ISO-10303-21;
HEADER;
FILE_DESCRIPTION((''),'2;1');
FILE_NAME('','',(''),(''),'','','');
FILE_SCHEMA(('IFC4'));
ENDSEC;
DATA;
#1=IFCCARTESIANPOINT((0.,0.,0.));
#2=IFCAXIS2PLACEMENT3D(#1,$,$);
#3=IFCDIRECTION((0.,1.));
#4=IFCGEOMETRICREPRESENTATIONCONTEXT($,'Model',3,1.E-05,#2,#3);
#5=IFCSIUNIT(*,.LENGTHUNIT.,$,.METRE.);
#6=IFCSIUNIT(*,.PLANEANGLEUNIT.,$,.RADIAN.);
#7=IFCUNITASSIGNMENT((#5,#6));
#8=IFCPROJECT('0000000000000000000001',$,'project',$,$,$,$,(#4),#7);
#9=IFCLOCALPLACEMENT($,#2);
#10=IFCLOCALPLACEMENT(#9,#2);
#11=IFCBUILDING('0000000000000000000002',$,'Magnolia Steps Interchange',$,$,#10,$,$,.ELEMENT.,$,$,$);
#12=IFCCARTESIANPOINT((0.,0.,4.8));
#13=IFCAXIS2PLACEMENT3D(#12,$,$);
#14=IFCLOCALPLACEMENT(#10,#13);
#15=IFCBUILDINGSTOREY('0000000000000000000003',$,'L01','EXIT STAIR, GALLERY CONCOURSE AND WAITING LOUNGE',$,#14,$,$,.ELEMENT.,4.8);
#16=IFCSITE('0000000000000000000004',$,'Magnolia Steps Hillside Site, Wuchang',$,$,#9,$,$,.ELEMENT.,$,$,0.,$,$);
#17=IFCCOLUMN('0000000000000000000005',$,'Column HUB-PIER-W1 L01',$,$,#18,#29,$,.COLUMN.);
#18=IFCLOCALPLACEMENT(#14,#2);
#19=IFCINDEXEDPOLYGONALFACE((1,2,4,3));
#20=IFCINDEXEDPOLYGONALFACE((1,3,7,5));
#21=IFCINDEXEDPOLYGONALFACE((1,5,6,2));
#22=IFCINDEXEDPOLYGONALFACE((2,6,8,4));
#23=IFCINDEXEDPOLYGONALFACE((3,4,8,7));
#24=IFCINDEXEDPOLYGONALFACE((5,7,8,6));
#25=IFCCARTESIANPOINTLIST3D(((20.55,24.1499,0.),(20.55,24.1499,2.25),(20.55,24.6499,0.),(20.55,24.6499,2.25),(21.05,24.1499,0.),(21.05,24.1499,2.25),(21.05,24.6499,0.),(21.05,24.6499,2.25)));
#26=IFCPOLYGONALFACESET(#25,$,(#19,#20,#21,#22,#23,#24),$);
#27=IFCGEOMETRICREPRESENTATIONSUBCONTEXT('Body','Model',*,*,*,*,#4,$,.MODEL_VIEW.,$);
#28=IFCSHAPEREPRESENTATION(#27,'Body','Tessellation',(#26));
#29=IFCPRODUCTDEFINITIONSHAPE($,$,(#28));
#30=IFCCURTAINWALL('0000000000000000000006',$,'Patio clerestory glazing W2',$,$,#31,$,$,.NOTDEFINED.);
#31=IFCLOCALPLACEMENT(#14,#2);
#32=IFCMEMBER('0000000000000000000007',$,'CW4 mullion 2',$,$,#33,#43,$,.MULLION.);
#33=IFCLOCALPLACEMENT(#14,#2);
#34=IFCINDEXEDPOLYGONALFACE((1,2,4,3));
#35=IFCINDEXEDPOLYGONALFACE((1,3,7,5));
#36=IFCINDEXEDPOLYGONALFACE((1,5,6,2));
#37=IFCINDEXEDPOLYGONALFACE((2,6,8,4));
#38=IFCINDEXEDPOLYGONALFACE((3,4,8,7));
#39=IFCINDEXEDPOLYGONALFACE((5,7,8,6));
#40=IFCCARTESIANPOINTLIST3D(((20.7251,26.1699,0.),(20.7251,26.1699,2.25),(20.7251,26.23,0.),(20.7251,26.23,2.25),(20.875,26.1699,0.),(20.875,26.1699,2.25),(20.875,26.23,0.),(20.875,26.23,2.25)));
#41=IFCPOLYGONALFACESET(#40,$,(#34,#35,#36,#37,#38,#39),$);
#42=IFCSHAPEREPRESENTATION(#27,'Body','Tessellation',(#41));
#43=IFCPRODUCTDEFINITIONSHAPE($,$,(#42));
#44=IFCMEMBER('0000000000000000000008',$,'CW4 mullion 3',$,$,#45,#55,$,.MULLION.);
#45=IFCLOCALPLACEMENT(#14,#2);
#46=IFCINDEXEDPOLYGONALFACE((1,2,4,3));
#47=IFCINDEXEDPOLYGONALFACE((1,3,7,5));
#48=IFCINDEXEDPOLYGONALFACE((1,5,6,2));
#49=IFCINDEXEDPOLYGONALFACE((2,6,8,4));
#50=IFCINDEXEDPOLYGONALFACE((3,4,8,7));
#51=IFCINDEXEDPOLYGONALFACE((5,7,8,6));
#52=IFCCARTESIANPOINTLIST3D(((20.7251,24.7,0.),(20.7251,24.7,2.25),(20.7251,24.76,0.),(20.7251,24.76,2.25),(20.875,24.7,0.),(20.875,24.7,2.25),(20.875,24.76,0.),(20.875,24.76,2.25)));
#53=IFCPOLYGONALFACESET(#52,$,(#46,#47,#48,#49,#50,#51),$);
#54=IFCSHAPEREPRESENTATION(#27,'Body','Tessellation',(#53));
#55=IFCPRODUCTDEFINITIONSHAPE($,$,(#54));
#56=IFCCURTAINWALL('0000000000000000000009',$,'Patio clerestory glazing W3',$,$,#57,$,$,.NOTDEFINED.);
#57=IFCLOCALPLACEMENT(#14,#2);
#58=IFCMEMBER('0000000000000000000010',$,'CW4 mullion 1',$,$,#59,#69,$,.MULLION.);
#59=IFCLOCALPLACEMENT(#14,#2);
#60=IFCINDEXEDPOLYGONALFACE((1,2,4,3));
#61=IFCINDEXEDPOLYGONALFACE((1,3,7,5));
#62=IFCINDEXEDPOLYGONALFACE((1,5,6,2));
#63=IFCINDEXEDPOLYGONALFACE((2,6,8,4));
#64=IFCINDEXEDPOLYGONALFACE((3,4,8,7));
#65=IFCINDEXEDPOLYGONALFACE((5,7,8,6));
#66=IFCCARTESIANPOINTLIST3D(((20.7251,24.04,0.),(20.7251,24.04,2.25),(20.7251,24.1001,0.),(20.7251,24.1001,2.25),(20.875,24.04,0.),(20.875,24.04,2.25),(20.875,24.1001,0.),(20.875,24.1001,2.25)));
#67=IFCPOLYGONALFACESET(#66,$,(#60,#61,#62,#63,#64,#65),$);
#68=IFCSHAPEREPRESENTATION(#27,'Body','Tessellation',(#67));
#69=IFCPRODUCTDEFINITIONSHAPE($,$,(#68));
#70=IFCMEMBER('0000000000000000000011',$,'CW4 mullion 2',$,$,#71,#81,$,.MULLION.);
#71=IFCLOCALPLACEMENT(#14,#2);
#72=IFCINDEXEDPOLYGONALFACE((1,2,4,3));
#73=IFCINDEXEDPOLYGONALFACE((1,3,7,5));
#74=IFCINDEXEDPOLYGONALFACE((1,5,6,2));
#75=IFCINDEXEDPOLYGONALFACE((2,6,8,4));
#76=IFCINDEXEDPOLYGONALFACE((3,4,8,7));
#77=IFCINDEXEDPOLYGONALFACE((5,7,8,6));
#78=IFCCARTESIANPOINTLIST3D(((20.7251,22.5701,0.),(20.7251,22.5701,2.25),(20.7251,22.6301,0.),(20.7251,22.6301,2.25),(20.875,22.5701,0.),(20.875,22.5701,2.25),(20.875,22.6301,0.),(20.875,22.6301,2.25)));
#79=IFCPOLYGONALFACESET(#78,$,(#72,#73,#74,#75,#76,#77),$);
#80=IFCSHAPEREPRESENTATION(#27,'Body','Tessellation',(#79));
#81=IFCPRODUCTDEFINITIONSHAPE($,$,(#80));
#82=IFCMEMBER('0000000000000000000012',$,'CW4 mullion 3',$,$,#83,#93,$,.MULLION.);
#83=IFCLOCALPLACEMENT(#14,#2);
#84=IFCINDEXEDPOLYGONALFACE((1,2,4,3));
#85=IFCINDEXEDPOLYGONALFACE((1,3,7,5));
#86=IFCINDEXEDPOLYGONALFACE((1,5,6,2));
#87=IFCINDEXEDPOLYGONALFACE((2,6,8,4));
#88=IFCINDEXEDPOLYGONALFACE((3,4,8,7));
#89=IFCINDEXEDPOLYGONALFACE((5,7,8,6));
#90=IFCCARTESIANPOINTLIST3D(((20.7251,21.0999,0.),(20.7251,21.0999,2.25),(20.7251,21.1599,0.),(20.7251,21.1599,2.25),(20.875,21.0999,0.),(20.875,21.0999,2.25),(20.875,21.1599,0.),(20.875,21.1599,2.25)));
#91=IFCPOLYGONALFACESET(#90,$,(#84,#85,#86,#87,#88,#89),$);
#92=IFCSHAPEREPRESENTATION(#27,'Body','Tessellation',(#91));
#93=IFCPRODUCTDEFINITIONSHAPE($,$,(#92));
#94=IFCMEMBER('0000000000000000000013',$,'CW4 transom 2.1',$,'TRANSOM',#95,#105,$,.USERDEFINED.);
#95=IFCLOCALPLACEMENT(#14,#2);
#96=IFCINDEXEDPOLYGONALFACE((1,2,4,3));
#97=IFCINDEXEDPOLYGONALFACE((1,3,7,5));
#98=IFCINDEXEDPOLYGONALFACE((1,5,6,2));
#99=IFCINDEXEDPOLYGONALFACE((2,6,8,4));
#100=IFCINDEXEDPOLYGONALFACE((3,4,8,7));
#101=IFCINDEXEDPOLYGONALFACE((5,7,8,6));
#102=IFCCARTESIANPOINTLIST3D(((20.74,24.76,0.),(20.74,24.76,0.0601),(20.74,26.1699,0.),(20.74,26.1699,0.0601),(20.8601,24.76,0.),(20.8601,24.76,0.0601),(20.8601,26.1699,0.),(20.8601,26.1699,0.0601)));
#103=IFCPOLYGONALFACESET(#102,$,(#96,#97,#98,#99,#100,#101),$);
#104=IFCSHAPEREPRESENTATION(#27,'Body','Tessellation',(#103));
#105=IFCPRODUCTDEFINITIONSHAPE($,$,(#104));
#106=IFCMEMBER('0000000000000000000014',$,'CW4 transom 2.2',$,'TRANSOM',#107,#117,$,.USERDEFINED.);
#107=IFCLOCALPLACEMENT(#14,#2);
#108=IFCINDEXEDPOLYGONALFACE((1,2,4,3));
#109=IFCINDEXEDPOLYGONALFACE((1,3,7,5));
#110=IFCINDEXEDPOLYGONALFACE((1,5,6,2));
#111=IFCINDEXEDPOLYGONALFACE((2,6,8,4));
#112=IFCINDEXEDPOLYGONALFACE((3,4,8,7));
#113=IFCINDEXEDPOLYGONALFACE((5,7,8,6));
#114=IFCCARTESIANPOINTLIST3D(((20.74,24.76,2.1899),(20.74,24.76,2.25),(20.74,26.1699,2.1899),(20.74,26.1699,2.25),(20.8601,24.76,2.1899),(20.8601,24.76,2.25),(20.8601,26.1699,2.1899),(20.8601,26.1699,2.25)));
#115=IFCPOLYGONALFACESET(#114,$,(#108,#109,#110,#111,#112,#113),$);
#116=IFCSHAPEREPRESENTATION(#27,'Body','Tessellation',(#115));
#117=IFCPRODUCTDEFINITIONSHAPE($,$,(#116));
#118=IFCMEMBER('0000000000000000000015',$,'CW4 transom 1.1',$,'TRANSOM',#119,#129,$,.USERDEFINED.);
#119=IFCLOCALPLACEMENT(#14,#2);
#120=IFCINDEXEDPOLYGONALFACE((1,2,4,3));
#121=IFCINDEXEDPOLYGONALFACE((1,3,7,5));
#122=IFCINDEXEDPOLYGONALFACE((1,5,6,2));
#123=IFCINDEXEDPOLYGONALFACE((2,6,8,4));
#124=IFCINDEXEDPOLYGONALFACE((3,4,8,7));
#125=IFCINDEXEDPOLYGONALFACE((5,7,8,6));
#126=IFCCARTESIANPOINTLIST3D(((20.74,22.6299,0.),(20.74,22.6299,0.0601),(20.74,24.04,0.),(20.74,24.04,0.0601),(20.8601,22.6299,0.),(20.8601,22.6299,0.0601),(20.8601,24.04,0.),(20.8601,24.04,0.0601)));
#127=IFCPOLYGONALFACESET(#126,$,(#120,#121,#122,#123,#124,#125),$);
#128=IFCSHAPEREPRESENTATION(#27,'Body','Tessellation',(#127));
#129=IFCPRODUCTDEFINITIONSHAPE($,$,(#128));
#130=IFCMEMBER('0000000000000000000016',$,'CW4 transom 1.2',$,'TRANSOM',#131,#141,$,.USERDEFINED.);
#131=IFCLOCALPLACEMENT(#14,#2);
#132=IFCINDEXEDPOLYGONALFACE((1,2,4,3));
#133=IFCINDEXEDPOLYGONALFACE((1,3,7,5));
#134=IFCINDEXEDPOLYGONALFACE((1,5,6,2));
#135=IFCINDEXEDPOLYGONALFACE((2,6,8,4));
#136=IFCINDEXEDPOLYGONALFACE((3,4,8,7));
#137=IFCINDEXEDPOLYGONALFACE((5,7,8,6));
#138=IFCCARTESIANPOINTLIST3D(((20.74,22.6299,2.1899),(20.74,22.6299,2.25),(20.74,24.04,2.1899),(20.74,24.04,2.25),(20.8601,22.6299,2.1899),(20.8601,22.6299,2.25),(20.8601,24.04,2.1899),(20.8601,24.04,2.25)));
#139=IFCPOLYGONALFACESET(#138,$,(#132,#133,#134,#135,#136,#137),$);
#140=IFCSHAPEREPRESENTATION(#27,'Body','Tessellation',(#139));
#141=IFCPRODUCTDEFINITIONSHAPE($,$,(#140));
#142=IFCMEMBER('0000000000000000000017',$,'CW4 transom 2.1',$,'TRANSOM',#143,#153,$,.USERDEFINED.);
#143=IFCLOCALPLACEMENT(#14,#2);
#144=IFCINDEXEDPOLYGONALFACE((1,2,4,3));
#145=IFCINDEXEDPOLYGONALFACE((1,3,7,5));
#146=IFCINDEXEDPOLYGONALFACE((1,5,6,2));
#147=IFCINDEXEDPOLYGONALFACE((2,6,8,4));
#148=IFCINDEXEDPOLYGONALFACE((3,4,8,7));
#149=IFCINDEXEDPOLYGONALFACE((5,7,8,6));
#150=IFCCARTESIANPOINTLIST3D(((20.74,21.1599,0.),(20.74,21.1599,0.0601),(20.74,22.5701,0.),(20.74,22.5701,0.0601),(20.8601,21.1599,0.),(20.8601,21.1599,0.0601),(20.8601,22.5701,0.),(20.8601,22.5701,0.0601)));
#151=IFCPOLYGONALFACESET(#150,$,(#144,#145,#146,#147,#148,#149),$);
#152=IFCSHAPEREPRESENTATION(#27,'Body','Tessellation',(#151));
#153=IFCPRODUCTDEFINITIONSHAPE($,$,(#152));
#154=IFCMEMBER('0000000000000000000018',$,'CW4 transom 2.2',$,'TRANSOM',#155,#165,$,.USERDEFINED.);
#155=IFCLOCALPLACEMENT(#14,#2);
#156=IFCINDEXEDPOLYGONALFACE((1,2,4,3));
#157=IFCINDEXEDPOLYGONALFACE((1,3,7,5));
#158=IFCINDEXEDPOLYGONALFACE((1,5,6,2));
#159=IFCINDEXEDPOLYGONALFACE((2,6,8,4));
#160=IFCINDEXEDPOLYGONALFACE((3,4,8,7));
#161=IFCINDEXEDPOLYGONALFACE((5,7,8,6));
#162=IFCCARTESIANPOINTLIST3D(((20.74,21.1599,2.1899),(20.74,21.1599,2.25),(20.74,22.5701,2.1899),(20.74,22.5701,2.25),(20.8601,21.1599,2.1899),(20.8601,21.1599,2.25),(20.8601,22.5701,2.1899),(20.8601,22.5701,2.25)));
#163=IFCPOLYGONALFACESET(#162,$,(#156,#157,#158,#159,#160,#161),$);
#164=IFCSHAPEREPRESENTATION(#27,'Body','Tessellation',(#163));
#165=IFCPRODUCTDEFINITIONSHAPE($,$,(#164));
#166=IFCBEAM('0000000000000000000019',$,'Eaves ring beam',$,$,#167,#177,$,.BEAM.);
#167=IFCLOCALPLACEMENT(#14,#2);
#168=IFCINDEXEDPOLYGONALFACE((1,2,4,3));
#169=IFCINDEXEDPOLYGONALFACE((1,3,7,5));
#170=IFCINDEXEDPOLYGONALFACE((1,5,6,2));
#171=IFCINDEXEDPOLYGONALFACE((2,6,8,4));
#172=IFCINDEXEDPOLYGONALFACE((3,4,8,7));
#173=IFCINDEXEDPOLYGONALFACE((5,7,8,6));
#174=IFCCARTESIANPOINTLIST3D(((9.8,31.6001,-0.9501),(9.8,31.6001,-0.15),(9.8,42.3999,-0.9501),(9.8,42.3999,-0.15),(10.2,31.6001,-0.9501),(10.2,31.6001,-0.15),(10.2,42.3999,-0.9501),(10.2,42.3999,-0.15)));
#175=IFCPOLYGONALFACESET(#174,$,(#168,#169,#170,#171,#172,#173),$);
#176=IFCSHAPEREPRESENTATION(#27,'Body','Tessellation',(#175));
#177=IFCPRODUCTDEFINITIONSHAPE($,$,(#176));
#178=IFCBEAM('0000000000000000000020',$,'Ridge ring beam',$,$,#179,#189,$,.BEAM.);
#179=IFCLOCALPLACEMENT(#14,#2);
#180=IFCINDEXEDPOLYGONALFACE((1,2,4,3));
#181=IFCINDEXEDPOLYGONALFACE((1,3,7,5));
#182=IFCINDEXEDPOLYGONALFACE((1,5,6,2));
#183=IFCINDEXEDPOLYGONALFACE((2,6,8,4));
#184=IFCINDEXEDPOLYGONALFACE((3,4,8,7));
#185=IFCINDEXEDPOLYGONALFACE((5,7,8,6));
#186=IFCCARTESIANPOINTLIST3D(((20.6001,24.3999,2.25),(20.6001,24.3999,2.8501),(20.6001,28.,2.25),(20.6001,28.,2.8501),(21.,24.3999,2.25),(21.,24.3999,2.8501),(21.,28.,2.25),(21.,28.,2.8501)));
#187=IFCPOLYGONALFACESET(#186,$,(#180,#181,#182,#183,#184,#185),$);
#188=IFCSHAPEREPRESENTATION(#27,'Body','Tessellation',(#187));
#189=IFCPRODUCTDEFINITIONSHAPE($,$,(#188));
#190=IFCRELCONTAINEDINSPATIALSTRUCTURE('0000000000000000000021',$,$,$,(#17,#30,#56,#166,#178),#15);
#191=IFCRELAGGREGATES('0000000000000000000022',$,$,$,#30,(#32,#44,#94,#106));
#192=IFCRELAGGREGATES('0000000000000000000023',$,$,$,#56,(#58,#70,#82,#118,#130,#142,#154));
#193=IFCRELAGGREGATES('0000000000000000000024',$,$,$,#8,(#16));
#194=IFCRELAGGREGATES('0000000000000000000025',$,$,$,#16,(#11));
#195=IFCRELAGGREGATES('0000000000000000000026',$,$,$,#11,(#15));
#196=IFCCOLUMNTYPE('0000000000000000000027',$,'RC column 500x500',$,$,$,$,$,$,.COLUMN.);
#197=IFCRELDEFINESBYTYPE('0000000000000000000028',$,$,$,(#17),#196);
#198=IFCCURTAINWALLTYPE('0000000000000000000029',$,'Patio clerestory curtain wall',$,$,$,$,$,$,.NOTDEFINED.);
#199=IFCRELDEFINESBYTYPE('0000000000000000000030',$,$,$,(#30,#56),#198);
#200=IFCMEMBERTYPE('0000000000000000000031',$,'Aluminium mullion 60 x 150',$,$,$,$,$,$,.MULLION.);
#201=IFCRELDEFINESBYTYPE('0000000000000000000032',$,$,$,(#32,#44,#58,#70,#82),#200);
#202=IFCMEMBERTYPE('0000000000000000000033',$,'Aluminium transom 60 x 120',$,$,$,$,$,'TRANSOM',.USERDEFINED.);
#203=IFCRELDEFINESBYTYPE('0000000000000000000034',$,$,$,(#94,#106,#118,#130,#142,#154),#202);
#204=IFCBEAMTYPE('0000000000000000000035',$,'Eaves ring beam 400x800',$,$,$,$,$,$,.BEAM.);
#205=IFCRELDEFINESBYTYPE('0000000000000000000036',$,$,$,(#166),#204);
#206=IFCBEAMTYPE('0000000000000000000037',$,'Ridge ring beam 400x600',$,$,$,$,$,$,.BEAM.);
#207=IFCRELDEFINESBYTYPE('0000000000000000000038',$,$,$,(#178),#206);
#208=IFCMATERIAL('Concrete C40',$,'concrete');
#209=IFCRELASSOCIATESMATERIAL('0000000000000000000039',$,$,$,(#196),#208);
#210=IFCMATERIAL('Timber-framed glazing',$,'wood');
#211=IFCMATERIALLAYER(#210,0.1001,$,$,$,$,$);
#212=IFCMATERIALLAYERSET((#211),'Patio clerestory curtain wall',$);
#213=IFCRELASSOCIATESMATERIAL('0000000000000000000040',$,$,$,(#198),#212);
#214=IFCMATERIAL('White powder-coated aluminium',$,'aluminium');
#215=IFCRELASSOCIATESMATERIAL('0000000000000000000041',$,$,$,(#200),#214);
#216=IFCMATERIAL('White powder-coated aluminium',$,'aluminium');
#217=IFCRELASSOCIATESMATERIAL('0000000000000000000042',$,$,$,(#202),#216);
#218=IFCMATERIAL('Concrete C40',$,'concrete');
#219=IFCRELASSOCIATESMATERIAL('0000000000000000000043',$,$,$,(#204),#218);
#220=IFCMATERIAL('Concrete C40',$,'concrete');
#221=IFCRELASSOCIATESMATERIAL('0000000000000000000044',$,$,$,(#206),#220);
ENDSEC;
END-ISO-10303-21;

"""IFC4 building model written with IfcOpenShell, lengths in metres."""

from ifc_helpers import new_model, si_unit, direction, frame, origin, origin_2d, place, context, subcontext, project, spatial, rectangle, extrude, material, layer, layer_set, material_profile, profile_set, type_object, element, aggregate, save


model = new_model("IFC4")

# Units and contexts
model_context = context("Model", 3, precision=1e-05, world=origin(), true_north=direction((0.0, 1.0)))
body_context = subcontext(model_context, "Body", "Model", "MODEL_VIEW")
ifc_project = project(units=[si_unit("LENGTHUNIT", "METRE"), si_unit("PLANEANGLEUNIT", "RADIAN")], contexts=[model_context])

# Site, building, storey
site_placement = place(None, origin())
site = spatial("IfcSite", under=ifc_project, at=site_placement, Name="Magnolia Steps Hillside Site, Wuchang", CompositionType="ELEMENT", RefElevation=0.0)
building_placement = place(site_placement, origin())
building = spatial("IfcBuilding", under=site, at=building_placement, Name="Magnolia Steps Interchange", CompositionType="ELEMENT")
storey_placement = place(building_placement, frame((0.0, 0.0, 4.8)))
storey = spatial("IfcBuildingStorey", under=building, at=storey_placement, Name="L01", Description="EXIT STAIR, GALLERY CONCOURSE AND WAITING LOUNGE", CompositionType="ELEMENT", Elevation=4.8)

# Column
ifc_material_1 = material(Name="Concrete C40", Category="concrete")
ifc_material_profile_1 = material_profile(ifc_material_1, rectangle(XDim=0.5, YDim=0.5, at=origin_2d()), Name="RC500x500")
ifc_profile_set_1 = profile_set([ifc_material_profile_1], Name="Concrete C40")
column_type = type_object("IfcColumnType", Name="RC column 500x500", PredefinedType="COLUMN", material=ifc_profile_set_1)
column_placement = place(storey_placement, frame((20.8, 24.3999, 0.0), z_axis=(0.0, 0.0, 1.0), x_axis=(1.0, 0.0, 0.0)))
element("IfcColumn", 1, at=column_placement, inside=storey, type_object=column_type, Name="Column HUB-PIER-W1 L01", PredefinedType="COLUMN", context=body_context, shape_type="SweptSolid", body=[
    extrude(rectangle(XDim=0.5, YDim=0.5, at=origin_2d()), origin(), (0.0, 0.0, 1.0), 2.25),
])

# Curtain walls, members
ifc_material_2 = material(Name="Timber-framed glazing", Category="wood")
ifc_layer_1 = layer(ifc_material_2, 0.1001)
ifc_layer_set_1 = layer_set([ifc_layer_1], Name="Patio clerestory curtain wall")
curtain_wall_type = type_object("IfcCurtainWallType", Name="Patio clerestory curtain wall", PredefinedType="NOTDEFINED", material=ifc_layer_set_1)
curtain_wall_1_placement = place(storey_placement, origin())
curtain_wall_1 = element("IfcCurtainWall", 2, at=curtain_wall_1_placement, inside=storey, type_object=curtain_wall_type, Name="Patio clerestory glazing W2", PredefinedType="NOTDEFINED")
ifc_material_3 = material(Name="White powder-coated aluminium", Category="aluminium")
ifc_material_profile_2 = material_profile(ifc_material_3, rectangle(XDim=0.0601, YDim=0.1499, at=origin_2d()), Name="Aluminium mullion 60 x 150")
ifc_profile_set_2 = profile_set([ifc_material_profile_2], Name="White powder-coated aluminium")
member_type_1 = type_object("IfcMemberType", Name="Aluminium mullion 60 x 150", PredefinedType="MULLION", material=ifc_profile_set_2)
member_1_placement = place(storey_placement, frame((20.8, 26.2, 0.0), z_axis=(0.0, 0.0, 1.0), x_axis=(0.0, -1.0, 0.0)))
member_1 = element("IfcMember", 3, at=member_1_placement, type_object=member_type_1, Name="CW4 mullion 2", PredefinedType="MULLION", context=body_context, shape_type="SweptSolid", body=[
    extrude(rectangle(XDim=0.0601, YDim=0.1499, at=origin_2d()), origin(), (0.0, 0.0, 1.0), 2.25),
])
member_2_placement = place(storey_placement, frame((20.8, 24.73, 0.0), z_axis=(0.0, 0.0, 1.0), x_axis=(0.0, -1.0, 0.0)))
member_2 = element("IfcMember", 4, at=member_2_placement, type_object=member_type_1, Name="CW4 mullion 3", PredefinedType="MULLION", context=body_context, shape_type="SweptSolid", body=[
    extrude(rectangle(XDim=0.0601, YDim=0.1499, at=origin_2d()), origin(), (0.0, 0.0, 1.0), 2.25),
])
curtain_wall_2_placement = place(storey_placement, origin())
curtain_wall_2 = element("IfcCurtainWall", 5, at=curtain_wall_2_placement, inside=storey, type_object=curtain_wall_type, Name="Patio clerestory glazing W3", PredefinedType="NOTDEFINED")
member_3_placement = place(storey_placement, frame((20.8, 24.0701, 0.0), z_axis=(0.0, 0.0, 1.0), x_axis=(0.0, -1.0, 0.0)))
member_3 = element("IfcMember", 6, at=member_3_placement, type_object=member_type_1, Name="CW4 mullion 1", PredefinedType="MULLION", context=body_context, shape_type="SweptSolid", body=[
    extrude(rectangle(XDim=0.0601, YDim=0.1499, at=origin_2d()), origin(), (0.0, 0.0, 1.0), 2.25),
])
member_4_placement = place(storey_placement, frame((20.8, 22.6001, 0.0), z_axis=(0.0, 0.0, 1.0), x_axis=(0.0, -1.0, 0.0)))
member_4 = element("IfcMember", 7, at=member_4_placement, type_object=member_type_1, Name="CW4 mullion 2", PredefinedType="MULLION", context=body_context, shape_type="SweptSolid", body=[
    extrude(rectangle(XDim=0.0601, YDim=0.1499, at=origin_2d()), origin(), (0.0, 0.0, 1.0), 2.25),
])
member_5_placement = place(storey_placement, frame((20.8, 21.1299, 0.0), z_axis=(0.0, 0.0, 1.0), x_axis=(0.0, -1.0, 0.0)))
member_5 = element("IfcMember", 8, at=member_5_placement, type_object=member_type_1, Name="CW4 mullion 3", PredefinedType="MULLION", context=body_context, shape_type="SweptSolid", body=[
    extrude(rectangle(XDim=0.0601, YDim=0.1499, at=origin_2d()), origin(), (0.0, 0.0, 1.0), 2.25),
])

# Members
ifc_material_4 = material(Name="White powder-coated aluminium", Category="aluminium")
ifc_material_profile_3 = material_profile(ifc_material_4, rectangle(XDim=0.0601, YDim=0.1201, at=origin_2d()), Name="Aluminium transom 60 x 120")
ifc_profile_set_3 = profile_set([ifc_material_profile_3], Name="White powder-coated aluminium")
member_type_2 = type_object("IfcMemberType", Name="Aluminium transom 60 x 120", ElementType="TRANSOM", PredefinedType="USERDEFINED", material=ifc_profile_set_3)
member_6_placement = place(storey_placement, frame((20.8, 26.1699, 0.03), z_axis=(0.0, -1.0, 0.0), x_axis=(0.0, 0.0, 1.0)))
member_6 = element("IfcMember", 9, at=member_6_placement, type_object=member_type_2, Name="CW4 transom 2.1", ObjectType="TRANSOM", PredefinedType="USERDEFINED", context=body_context, shape_type="SweptSolid", body=[
    extrude(rectangle(XDim=0.0601, YDim=0.1201, at=origin_2d()), origin(), (0.0, 0.0, 1.0), 1.4099),
])
member_7_placement = place(storey_placement, frame((20.8, 26.1699, 2.22), z_axis=(0.0, -1.0, 0.0), x_axis=(0.0, 0.0, 1.0)))
member_7 = element("IfcMember", 10, at=member_7_placement, type_object=member_type_2, Name="CW4 transom 2.2", ObjectType="TRANSOM", PredefinedType="USERDEFINED", context=body_context, shape_type="SweptSolid", body=[
    extrude(rectangle(XDim=0.0601, YDim=0.1201, at=origin_2d()), origin(), (0.0, 0.0, 1.0), 1.4099),
])
member_8_placement = place(storey_placement, frame((20.8, 24.04, 0.03), z_axis=(0.0, -1.0, 0.0), x_axis=(0.0, 0.0, 1.0)))
member_8 = element("IfcMember", 11, at=member_8_placement, type_object=member_type_2, Name="CW4 transom 1.1", ObjectType="TRANSOM", PredefinedType="USERDEFINED", context=body_context, shape_type="SweptSolid", body=[
    extrude(rectangle(XDim=0.0601, YDim=0.1201, at=origin_2d()), origin(), (0.0, 0.0, 1.0), 1.4102),
])
member_9_placement = place(storey_placement, frame((20.8, 24.04, 2.22), z_axis=(0.0, -1.0, 0.0), x_axis=(0.0, 0.0, 1.0)))
member_9 = element("IfcMember", 12, at=member_9_placement, type_object=member_type_2, Name="CW4 transom 1.2", ObjectType="TRANSOM", PredefinedType="USERDEFINED", context=body_context, shape_type="SweptSolid", body=[
    extrude(rectangle(XDim=0.0601, YDim=0.1201, at=origin_2d()), origin(), (0.0, 0.0, 1.0), 1.4102),
])
member_10_placement = place(storey_placement, frame((20.8, 22.5701, 0.03), z_axis=(0.0, -1.0, 0.0), x_axis=(0.0, 0.0, 1.0)))
member_10 = element("IfcMember", 13, at=member_10_placement, type_object=member_type_2, Name="CW4 transom 2.1", ObjectType="TRANSOM", PredefinedType="USERDEFINED", context=body_context, shape_type="SweptSolid", body=[
    extrude(rectangle(XDim=0.0601, YDim=0.1201, at=origin_2d()), origin(), (0.0, 0.0, 1.0), 1.4102),
])
member_11_placement = place(storey_placement, frame((20.8, 22.5701, 2.22), z_axis=(0.0, -1.0, 0.0), x_axis=(0.0, 0.0, 1.0)))
member_11 = element("IfcMember", 14, at=member_11_placement, type_object=member_type_2, Name="CW4 transom 2.2", ObjectType="TRANSOM", PredefinedType="USERDEFINED", context=body_context, shape_type="SweptSolid", body=[
    extrude(rectangle(XDim=0.0601, YDim=0.1201, at=origin_2d()), origin(), (0.0, 0.0, 1.0), 1.4102),
])

# Beams
ifc_material_5 = material(Name="Concrete C40", Category="concrete")
ifc_material_profile_4 = material_profile(ifc_material_5, rectangle(XDim=0.3999, YDim=0.8, at=origin_2d()), Name="RC400x800")
ifc_profile_set_4 = profile_set([ifc_material_profile_4], Name="Concrete C40")
beam_type_1 = type_object("IfcBeamType", Name="Eaves ring beam 400x800", PredefinedType="BEAM", material=ifc_profile_set_4)
beam_1_placement = place(storey_placement, frame((10.0, 31.6001, -0.55), z_axis=(0.0, 1.0, 0.0), x_axis=(-1.0, 0.0, 0.0)))
element("IfcBeam", 15, at=beam_1_placement, inside=storey, type_object=beam_type_1, Name="Eaves ring beam", PredefinedType="BEAM", context=body_context, shape_type="SweptSolid", body=[
    extrude(rectangle(XDim=0.3999, YDim=0.8, at=origin_2d()), origin(), (0.0, 0.0, 1.0), 10.7998),
])
ifc_material_6 = material(Name="Concrete C40", Category="concrete")
ifc_material_profile_5 = material_profile(ifc_material_6, rectangle(XDim=0.3999, YDim=0.6001, at=origin_2d()), Name="RC400x600")
ifc_profile_set_5 = profile_set([ifc_material_profile_5], Name="Concrete C40")
beam_type_2 = type_object("IfcBeamType", Name="Ridge ring beam 400x600", PredefinedType="BEAM", material=ifc_profile_set_5)
beam_2_placement = place(storey_placement, frame((20.8, 24.3999, 2.55), z_axis=(0.0, 1.0, 0.0), x_axis=(-1.0, 0.0, 0.0)))
element("IfcBeam", 16, at=beam_2_placement, inside=storey, type_object=beam_type_2, Name="Ridge ring beam", PredefinedType="BEAM", context=body_context, shape_type="SweptSolid", body=[
    extrude(rectangle(XDim=0.3999, YDim=0.6001, at=origin_2d()), origin(), (0.0, 0.0, 1.0), 3.6001),
])

aggregate(curtain_wall_1, [member_1, member_2, member_6, member_7])
aggregate(curtain_wall_2, [member_3, member_4, member_5, member_8, member_9, member_10, member_11])

save(model, "model.ifc")
